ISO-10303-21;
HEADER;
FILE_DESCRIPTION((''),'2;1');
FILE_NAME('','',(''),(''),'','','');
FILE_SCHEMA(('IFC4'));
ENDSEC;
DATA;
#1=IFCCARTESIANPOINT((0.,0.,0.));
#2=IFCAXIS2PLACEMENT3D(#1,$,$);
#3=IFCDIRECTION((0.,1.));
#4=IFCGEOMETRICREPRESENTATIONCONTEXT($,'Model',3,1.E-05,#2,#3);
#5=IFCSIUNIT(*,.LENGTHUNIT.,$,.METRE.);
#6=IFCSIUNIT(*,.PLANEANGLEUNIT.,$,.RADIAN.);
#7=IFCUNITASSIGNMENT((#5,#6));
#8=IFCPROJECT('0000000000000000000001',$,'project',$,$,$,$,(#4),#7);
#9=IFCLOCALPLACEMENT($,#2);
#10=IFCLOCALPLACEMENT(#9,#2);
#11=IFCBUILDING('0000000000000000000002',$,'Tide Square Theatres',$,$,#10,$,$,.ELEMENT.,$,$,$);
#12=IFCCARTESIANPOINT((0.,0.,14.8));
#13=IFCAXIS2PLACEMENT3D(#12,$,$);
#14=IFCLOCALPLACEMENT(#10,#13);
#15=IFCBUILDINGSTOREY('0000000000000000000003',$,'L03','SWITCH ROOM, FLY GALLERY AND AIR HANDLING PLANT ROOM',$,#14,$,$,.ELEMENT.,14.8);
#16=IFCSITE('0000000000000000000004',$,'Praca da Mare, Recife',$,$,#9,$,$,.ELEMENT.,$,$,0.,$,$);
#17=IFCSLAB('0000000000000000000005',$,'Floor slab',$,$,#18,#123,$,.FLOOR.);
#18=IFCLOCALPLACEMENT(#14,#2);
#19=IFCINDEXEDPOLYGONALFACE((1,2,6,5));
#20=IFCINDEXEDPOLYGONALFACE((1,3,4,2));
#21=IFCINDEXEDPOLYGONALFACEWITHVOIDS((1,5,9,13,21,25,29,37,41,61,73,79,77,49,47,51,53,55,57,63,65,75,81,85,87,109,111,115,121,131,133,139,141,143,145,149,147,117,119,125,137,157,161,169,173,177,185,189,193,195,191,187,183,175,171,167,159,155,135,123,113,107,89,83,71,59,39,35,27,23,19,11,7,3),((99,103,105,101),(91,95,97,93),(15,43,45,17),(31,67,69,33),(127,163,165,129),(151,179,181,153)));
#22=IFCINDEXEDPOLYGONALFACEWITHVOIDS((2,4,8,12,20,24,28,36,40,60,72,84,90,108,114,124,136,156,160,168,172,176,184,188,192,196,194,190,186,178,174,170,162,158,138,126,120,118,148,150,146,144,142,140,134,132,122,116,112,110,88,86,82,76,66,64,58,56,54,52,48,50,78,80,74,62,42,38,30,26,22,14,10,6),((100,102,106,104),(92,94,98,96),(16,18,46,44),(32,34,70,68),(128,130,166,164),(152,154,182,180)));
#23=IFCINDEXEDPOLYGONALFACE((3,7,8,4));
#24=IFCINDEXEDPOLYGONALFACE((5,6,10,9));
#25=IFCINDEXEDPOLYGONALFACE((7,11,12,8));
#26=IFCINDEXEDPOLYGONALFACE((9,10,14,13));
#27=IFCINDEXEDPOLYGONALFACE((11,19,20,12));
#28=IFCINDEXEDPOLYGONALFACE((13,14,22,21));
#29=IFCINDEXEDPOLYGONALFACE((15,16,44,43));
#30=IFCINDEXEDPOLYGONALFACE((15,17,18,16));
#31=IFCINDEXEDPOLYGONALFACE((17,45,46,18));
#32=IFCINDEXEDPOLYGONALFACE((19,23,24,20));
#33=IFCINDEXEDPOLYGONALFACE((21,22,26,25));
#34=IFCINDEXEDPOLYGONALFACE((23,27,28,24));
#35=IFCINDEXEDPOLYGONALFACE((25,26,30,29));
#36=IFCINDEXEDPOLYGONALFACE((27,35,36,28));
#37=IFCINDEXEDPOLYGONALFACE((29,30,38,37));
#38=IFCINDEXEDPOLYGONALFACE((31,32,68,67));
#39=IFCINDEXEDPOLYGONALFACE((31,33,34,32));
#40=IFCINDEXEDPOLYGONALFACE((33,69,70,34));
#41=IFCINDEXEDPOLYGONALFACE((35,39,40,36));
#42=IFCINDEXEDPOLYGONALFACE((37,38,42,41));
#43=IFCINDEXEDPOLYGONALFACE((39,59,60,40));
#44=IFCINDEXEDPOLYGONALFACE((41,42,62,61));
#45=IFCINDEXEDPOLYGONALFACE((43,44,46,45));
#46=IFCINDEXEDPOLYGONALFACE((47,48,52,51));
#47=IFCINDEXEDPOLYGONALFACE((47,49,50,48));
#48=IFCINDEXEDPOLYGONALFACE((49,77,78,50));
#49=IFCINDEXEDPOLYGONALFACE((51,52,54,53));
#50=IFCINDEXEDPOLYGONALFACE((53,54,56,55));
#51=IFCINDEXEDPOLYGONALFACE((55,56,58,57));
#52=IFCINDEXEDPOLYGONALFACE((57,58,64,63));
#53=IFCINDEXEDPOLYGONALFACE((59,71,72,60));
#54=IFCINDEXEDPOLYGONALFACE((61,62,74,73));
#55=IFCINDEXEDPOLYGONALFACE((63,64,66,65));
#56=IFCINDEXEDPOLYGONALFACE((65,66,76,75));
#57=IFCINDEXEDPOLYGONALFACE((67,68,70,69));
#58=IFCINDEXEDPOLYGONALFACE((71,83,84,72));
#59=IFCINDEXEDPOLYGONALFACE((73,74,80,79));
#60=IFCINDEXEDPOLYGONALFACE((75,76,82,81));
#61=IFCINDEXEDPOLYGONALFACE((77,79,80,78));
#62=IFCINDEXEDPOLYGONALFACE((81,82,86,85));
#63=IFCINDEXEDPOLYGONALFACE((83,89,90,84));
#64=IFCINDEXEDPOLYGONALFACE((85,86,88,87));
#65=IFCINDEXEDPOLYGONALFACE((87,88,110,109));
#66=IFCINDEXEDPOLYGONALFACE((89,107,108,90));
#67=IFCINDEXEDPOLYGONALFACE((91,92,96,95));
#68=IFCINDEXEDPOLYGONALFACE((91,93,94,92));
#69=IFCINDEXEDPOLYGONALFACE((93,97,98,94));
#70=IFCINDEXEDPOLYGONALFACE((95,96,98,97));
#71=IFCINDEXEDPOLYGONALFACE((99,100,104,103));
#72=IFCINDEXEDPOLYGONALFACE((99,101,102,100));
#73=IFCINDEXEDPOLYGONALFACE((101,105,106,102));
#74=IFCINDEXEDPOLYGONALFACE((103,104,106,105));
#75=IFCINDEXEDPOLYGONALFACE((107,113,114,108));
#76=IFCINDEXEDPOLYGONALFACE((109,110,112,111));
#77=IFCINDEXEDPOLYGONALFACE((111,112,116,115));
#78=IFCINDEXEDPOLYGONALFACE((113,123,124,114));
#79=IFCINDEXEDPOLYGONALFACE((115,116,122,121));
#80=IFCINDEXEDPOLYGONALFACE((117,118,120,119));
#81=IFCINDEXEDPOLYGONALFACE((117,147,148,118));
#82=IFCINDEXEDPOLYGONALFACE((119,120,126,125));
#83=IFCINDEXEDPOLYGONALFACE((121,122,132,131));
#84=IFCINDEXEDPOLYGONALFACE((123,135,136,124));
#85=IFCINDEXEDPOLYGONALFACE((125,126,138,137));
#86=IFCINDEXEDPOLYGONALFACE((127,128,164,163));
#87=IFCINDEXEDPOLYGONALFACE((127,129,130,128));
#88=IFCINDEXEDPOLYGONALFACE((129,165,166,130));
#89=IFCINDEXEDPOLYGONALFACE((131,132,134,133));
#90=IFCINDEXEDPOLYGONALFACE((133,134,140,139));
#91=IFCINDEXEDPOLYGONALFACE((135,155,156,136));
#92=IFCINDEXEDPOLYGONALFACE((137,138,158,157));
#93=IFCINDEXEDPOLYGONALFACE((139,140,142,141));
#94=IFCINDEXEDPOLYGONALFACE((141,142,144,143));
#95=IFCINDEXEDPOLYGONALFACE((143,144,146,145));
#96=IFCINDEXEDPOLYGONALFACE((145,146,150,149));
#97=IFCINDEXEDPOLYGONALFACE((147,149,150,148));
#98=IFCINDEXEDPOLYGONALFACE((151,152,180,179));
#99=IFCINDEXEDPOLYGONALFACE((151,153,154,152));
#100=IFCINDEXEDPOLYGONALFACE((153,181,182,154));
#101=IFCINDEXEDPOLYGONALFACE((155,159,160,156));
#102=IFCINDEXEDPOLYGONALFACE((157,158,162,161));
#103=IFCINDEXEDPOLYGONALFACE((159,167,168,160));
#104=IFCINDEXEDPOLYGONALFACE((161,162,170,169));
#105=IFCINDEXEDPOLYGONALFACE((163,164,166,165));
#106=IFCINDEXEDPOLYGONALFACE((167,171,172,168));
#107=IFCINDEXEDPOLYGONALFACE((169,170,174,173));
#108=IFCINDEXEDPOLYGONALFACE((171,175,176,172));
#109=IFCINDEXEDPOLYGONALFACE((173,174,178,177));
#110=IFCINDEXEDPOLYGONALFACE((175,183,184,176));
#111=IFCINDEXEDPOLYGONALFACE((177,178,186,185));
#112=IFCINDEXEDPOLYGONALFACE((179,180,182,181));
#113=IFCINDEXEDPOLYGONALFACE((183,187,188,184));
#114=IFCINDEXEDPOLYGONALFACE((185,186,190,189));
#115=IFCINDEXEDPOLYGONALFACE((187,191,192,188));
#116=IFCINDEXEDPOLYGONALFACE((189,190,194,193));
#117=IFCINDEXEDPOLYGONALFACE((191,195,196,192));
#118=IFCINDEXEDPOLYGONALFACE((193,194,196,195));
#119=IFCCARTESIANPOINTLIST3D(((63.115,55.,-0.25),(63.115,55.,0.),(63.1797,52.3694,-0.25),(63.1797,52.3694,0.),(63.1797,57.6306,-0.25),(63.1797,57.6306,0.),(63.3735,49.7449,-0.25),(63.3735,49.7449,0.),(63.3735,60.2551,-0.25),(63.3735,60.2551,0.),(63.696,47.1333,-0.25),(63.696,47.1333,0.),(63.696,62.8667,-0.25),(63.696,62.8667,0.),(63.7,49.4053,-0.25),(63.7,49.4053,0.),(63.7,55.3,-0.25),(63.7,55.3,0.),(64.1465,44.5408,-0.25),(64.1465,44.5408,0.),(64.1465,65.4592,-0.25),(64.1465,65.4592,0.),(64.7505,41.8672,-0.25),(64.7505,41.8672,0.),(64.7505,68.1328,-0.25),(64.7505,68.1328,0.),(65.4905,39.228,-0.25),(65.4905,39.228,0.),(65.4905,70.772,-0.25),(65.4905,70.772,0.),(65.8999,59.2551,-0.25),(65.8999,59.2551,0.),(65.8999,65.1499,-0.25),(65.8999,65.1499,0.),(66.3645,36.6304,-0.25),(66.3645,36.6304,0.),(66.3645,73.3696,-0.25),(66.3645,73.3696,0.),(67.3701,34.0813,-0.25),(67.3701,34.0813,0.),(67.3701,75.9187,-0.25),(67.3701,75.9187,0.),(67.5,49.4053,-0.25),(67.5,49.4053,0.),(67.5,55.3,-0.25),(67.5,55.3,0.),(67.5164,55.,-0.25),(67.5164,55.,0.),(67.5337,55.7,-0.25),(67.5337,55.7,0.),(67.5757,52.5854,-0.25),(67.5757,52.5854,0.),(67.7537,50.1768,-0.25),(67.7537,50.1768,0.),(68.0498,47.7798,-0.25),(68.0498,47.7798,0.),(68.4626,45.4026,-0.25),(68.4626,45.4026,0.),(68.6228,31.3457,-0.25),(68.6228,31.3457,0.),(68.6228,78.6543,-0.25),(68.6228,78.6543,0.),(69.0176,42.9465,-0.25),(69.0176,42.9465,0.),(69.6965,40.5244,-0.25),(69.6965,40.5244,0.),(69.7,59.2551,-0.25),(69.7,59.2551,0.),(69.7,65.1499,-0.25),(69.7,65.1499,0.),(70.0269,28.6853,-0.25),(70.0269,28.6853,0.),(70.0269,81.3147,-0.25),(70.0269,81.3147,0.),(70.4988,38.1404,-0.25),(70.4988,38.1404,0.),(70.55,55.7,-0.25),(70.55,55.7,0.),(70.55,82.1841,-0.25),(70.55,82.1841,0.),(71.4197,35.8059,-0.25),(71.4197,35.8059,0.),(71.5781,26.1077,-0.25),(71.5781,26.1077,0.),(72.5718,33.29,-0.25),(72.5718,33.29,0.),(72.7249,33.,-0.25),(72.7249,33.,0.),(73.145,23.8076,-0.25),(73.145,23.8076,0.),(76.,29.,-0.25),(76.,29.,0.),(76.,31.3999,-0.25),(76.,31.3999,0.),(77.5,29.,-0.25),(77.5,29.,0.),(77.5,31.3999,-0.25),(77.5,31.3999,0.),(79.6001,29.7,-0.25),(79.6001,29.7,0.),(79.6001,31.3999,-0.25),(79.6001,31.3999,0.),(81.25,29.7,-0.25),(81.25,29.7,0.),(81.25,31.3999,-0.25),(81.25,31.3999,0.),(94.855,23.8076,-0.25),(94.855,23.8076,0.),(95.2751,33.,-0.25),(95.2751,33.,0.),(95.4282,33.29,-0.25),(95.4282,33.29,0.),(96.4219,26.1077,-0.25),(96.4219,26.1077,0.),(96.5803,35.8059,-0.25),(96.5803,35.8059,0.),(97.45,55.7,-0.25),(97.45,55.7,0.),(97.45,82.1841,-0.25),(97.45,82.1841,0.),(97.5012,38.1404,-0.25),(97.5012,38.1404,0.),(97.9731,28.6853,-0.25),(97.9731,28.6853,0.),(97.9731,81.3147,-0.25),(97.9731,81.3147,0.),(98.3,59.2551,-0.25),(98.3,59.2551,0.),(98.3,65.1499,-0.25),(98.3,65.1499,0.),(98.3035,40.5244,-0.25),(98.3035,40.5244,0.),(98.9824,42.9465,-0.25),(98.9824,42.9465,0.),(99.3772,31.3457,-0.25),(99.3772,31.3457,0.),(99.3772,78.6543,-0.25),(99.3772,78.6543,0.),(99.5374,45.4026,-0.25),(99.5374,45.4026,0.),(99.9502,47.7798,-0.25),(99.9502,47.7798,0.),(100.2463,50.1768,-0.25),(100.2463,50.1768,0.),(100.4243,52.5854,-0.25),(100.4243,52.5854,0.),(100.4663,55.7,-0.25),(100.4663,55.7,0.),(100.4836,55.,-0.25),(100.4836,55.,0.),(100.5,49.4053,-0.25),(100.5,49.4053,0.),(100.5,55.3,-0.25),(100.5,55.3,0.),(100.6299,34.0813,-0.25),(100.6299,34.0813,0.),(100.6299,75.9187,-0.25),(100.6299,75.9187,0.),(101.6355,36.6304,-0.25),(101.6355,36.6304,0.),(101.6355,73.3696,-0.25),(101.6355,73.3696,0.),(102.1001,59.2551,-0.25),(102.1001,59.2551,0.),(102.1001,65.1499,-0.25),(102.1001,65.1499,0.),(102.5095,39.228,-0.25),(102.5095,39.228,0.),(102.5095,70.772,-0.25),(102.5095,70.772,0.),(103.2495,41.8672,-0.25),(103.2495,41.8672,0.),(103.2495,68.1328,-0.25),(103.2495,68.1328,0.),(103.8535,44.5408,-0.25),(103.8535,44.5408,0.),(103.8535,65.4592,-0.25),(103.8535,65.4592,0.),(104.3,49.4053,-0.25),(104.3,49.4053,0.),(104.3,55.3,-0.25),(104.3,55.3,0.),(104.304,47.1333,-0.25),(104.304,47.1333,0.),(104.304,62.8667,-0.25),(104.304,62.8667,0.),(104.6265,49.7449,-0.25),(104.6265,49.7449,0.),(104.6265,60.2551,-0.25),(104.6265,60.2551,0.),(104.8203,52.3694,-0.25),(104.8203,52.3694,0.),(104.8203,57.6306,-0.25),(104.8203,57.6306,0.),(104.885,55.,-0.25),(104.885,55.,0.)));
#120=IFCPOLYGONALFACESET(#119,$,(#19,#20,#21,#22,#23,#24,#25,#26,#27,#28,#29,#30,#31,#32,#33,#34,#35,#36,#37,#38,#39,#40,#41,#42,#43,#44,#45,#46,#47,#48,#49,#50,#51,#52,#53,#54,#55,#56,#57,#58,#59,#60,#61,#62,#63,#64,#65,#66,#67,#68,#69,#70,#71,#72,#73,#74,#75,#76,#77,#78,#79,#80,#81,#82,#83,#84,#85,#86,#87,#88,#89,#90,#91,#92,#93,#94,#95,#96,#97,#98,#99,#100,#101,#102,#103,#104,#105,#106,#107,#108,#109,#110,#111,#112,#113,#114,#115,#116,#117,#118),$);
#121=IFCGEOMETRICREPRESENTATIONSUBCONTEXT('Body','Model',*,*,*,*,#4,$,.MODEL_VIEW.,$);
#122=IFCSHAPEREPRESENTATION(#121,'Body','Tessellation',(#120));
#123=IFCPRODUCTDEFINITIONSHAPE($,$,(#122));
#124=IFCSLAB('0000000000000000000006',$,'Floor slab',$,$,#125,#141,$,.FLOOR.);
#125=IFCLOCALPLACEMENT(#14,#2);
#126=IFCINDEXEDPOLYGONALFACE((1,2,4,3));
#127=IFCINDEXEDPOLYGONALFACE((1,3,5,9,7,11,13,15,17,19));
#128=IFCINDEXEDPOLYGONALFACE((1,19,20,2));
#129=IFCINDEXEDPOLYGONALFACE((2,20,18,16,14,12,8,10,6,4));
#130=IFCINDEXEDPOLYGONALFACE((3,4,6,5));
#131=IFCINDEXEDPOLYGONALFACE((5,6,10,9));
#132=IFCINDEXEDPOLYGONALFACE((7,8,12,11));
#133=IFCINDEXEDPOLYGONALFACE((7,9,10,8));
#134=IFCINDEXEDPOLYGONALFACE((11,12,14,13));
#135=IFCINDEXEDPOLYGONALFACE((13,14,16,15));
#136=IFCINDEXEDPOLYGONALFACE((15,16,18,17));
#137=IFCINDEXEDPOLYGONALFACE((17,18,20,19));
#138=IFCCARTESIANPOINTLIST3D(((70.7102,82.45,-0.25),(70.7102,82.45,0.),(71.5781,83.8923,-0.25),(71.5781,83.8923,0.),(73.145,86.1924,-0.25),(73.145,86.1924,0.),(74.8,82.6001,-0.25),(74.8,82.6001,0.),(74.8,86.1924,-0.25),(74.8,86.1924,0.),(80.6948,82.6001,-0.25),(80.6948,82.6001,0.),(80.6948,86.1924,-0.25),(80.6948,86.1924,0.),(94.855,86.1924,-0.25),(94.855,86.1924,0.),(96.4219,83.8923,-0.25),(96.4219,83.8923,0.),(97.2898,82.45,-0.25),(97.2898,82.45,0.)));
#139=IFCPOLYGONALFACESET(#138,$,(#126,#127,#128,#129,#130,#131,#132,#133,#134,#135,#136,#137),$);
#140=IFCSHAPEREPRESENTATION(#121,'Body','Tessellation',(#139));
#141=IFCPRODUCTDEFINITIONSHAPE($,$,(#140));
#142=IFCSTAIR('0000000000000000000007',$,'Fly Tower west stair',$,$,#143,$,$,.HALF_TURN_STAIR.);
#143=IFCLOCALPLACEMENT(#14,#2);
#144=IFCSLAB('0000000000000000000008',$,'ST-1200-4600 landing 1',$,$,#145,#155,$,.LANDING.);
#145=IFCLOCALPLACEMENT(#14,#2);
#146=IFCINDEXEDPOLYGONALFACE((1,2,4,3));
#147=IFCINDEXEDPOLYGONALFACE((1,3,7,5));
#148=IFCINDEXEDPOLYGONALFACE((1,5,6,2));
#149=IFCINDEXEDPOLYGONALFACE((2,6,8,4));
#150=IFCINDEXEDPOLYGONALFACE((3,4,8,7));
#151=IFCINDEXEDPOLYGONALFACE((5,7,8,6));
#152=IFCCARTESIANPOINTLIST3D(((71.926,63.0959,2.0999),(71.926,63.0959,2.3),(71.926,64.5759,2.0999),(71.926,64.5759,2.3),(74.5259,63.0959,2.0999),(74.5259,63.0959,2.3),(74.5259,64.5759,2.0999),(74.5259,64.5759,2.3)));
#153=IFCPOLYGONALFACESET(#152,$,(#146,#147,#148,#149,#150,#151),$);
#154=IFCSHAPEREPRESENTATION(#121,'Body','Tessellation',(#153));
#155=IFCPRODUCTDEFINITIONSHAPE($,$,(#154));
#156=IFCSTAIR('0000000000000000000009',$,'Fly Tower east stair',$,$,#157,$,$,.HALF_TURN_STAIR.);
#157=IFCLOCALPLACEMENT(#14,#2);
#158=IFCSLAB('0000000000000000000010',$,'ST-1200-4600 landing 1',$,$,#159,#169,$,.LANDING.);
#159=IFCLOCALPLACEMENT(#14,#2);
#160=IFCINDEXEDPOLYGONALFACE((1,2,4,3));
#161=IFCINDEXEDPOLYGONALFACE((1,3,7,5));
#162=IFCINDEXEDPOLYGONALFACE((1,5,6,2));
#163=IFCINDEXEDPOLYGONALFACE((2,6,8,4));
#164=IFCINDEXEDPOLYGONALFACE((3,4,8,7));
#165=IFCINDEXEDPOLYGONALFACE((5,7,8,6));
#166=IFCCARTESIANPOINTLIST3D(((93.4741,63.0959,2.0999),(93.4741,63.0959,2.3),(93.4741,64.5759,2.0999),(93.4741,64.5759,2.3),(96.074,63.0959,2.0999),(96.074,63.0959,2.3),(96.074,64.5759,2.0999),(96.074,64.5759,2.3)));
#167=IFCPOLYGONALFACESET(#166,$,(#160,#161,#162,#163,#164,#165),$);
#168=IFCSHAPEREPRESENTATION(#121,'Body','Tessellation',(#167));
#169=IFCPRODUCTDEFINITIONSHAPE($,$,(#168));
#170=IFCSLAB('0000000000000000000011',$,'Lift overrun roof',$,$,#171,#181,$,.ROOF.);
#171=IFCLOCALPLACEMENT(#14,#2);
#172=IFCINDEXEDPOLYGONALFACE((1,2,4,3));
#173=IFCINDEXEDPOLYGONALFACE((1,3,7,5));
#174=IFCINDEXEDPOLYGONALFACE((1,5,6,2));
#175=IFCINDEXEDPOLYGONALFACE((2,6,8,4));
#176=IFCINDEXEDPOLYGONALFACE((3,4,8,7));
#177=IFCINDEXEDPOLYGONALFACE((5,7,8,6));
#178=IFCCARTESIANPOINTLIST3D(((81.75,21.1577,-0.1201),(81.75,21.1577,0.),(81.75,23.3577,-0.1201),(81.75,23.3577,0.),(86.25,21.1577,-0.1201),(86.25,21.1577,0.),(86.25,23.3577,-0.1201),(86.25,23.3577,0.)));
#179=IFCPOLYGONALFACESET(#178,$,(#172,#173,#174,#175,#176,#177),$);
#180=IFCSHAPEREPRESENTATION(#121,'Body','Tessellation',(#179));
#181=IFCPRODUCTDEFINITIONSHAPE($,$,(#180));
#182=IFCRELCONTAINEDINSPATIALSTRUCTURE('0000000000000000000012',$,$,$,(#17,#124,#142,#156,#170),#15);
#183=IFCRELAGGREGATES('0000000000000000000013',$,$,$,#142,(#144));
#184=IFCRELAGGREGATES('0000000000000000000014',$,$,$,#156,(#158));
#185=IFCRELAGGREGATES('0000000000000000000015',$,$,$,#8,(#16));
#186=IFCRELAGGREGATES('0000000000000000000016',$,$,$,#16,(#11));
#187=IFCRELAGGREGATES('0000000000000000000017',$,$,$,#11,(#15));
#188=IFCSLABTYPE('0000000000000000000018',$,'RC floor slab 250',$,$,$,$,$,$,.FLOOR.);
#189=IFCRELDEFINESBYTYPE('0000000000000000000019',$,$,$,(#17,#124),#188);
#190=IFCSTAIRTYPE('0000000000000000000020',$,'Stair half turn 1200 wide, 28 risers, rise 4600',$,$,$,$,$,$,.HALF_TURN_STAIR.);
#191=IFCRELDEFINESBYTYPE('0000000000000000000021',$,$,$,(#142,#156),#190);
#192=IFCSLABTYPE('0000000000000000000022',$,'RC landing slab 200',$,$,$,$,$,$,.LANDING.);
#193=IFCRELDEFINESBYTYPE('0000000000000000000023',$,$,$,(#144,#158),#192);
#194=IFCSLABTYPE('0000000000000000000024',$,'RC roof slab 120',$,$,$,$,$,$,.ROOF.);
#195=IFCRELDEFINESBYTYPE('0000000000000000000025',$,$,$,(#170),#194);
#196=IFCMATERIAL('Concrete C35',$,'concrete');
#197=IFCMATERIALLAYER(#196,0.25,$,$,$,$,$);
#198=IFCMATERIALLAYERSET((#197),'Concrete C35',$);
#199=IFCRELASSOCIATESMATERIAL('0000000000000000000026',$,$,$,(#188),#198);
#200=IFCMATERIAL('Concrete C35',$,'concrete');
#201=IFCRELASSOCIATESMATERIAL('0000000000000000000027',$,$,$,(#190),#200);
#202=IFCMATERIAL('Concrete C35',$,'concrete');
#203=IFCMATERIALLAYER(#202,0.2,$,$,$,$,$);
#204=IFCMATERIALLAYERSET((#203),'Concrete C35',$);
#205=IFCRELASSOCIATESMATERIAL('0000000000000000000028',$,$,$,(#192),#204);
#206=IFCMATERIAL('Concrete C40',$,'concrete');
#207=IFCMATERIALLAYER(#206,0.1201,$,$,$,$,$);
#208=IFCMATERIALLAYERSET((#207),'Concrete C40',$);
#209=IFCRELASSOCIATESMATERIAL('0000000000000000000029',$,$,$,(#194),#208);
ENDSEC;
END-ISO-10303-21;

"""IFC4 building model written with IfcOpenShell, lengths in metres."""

from ifc_helpers import new_model, si_unit, direction, frame, origin, place, context, subcontext, project, spatial, polyline, outline, extrude, material, layer, layer_set, type_object, element, aggregate, save


model = new_model("IFC4")

# Units and contexts
model_context = context("Model", 3, precision=1e-05, world=origin(), true_north=direction((0.0, 1.0)))
body_context = subcontext(model_context, "Body", "Model", "MODEL_VIEW")
ifc_project = project(units=[si_unit("LENGTHUNIT", "METRE"), si_unit("PLANEANGLEUNIT", "RADIAN")], contexts=[model_context])

# Site, building, storey
site_placement = place(None, origin())
site = spatial("IfcSite", under=ifc_project, at=site_placement, Name="Praca da Mare, Recife", CompositionType="ELEMENT", RefElevation=0.0)
building_placement = place(site_placement, origin())
building = spatial("IfcBuilding", under=site, at=building_placement, Name="Tide Square Theatres", CompositionType="ELEMENT")
storey_placement = place(building_placement, frame((0.0, 0.0, 14.8)))
storey = spatial("IfcBuildingStorey", under=building, at=storey_placement, Name="L03", Description="SWITCH ROOM, FLY GALLERY AND AIR HANDLING PLANT ROOM", CompositionType="ELEMENT", Elevation=14.8)

# Slabs
ifc_material_1 = material(Name="Concrete C35", Category="concrete")
ifc_layer_1 = layer(ifc_material_1, 0.25)
ifc_layer_set_1 = layer_set([ifc_layer_1], Name="Concrete C35")
slab_type_1 = type_object("IfcSlabType", Name="RC floor slab 250", PredefinedType="FLOOR", material=ifc_layer_set_1)
slab_1_placement = place(storey_placement, frame((0.0, 0.0, -0.25)))
element("IfcSlab", 1, at=slab_1_placement, inside=storey, type_object=slab_type_1, Name="Floor slab", PredefinedType="FLOOR", context=body_context, shape_type="SweptSolid", body=[
    extrude(outline(polyline([(64.7505, 41.8672), (65.4905, 39.228), (66.3645, 36.6304), (67.3701, 34.0813), (68.6228, 31.3457), (70.0269, 28.6853), (71.5781, 26.1077), (73.145, 23.8076), (94.855, 23.8076), (96.4219, 26.1077), (97.9731, 28.6853), (99.3772, 31.3457), (100.6299, 34.0813), (101.6355, 36.6304), (102.5095, 39.228), (103.2495, 41.8672), (103.8535, 44.5408), (104.304, 47.1333), (104.6265, 49.7449), (104.8203, 52.3694), (104.885, 55.0), (104.8203, 57.6306), (104.6265, 60.2551), (104.304, 62.8667), (103.8535, 65.4592), (103.2495, 68.1328), (102.5095, 70.772), (101.6355, 73.3696), (100.6299, 75.9187), (99.3772, 78.6543), (97.9731, 81.3147), (97.45, 82.1841), (97.45, 55.7), (100.4663, 55.7), (100.4836, 55.0), (100.4243, 52.5854), (100.2463, 50.1768), (99.9502, 47.7798), (99.5374, 45.4026), (98.9824, 42.9465), (98.3035, 40.5244), (97.5012, 38.1404), (96.5803, 35.8059), (95.4282, 33.29), (95.2751, 33.0), (72.7249, 33.0), (72.5718, 33.29), (71.4197, 35.8059), (70.4988, 38.1404), (69.6965, 40.5244), (69.0176, 42.9465), (68.4626, 45.4026), (68.0498, 47.7798), (67.7537, 50.1768), (67.5757, 52.5854), (67.5164, 55.0), (67.5337, 55.7), (70.55, 55.7), (70.55, 82.1841), (70.0269, 81.3147), (68.6228, 78.6543), (67.3701, 75.9187), (66.3645, 73.3696), (65.4905, 70.772), (64.7505, 68.1328), (64.1465, 65.4592), (63.696, 62.8667), (63.3735, 60.2551), (63.1797, 57.6306), (63.115, 55.0), (63.1797, 52.3694), (63.3735, 49.7449), (63.696, 47.1333), (64.1465, 44.5408), (64.7505, 41.8672)]), holes=[polyline([(65.8999, 59.2551), (69.7, 59.2551), (69.7, 65.1499), (65.8999, 65.1499), (65.8999, 59.2551)]), polyline([(98.3, 65.1499), (98.3, 59.2551), (102.1001, 59.2551), (102.1001, 65.1499), (98.3, 65.1499)]), polyline([(67.5, 55.3), (63.7, 55.3), (63.7, 49.4053), (67.5, 49.4053), (67.5, 55.3)]), polyline([(104.3, 49.4053), (104.3, 55.3), (100.5, 55.3), (100.5, 49.4053), (104.3, 49.4053)]), polyline([(76.0, 31.3999), (76.0, 29.0), (77.5, 29.0), (77.5, 31.3999), (76.0, 31.3999)]), polyline([(81.25, 31.3999), (79.6001, 31.3999), (79.6001, 29.7), (81.25, 29.7), (81.25, 31.3999)])]), origin(), (0.0, 0.0, 1.0), 0.25),
])
slab_2_placement = place(storey_placement, frame((0.0, 0.0, -0.25)))
element("IfcSlab", 2, at=slab_2_placement, inside=storey, type_object=slab_type_1, Name="Floor slab", PredefinedType="FLOOR", context=body_context, shape_type="SweptSolid", body=[
    extrude(outline(polyline([(71.5781, 83.8923), (70.7102, 82.45), (97.2898, 82.45), (96.4219, 83.8923), (94.855, 86.1924), (80.6948, 86.1924), (80.6948, 82.6001), (74.8, 82.6001), (74.8, 86.1924), (73.145, 86.1924), (71.5781, 83.8923)])), origin(), (0.0, 0.0, 1.0), 0.25),
])

# Stairs, slabs
ifc_material_2 = material(Name="Concrete C35", Category="concrete")
stair_type = type_object("IfcStairType", Name="Stair half turn 1200 wide, 28 risers, rise 4600", PredefinedType="HALF_TURN_STAIR", material=ifc_material_2)
stair_1_placement = place(storey_placement, origin())
stair_1 = element("IfcStair", 3, at=stair_1_placement, inside=storey, type_object=stair_type, Name="Fly Tower west stair", PredefinedType="HALF_TURN_STAIR")
ifc_material_3 = material(Name="Concrete C35", Category="concrete")
ifc_layer_2 = layer(ifc_material_3, 0.2)
ifc_layer_set_2 = layer_set([ifc_layer_2], Name="Concrete C35")
slab_type_2 = type_object("IfcSlabType", Name="RC landing slab 200", PredefinedType="LANDING", material=ifc_layer_set_2)
slab_3_placement = place(storey_placement, frame((0.0, 0.0, 2.0999)))
slab_3 = element("IfcSlab", 4, at=slab_3_placement, type_object=slab_type_2, Name="ST-1200-4600 landing 1", PredefinedType="LANDING", context=body_context, shape_type="SweptSolid", body=[
    extrude(outline(polyline([(74.5259, 63.0959), (74.5259, 64.5759), (71.926, 64.5759), (71.926, 63.0959), (74.5259, 63.0959)])), origin(), (0.0, 0.0, 1.0), 0.2002),
])
aggregate(stair_1, [slab_3])
stair_2_placement = place(storey_placement, origin())
stair_2 = element("IfcStair", 5, at=stair_2_placement, inside=storey, type_object=stair_type, Name="Fly Tower east stair", PredefinedType="HALF_TURN_STAIR")
slab_4_placement = place(storey_placement, frame((0.0, 0.0, 2.0999)))
slab_4 = element("IfcSlab", 6, at=slab_4_placement, type_object=slab_type_2, Name="ST-1200-4600 landing 1", PredefinedType="LANDING", context=body_context, shape_type="SweptSolid", body=[
    extrude(outline(polyline([(96.074, 63.0959), (96.074, 64.5759), (93.4741, 64.5759), (93.4741, 63.0959), (96.074, 63.0959)])), origin(), (0.0, 0.0, 1.0), 0.2002),
])
aggregate(stair_2, [slab_4])

# Slab
ifc_material_4 = material(Name="Concrete C40", Category="concrete")
ifc_layer_3 = layer(ifc_material_4, 0.1201)
ifc_layer_set_3 = layer_set([ifc_layer_3], Name="Concrete C40")
slab_type_3 = type_object("IfcSlabType", Name="RC roof slab 120", PredefinedType="ROOF", material=ifc_layer_set_3)
slab_5_placement = place(storey_placement, frame((0.0, 0.0, -0.1201)))
element("IfcSlab", 7, at=slab_5_placement, inside=storey, type_object=slab_type_3, Name="Lift overrun roof", PredefinedType="ROOF", context=body_context, shape_type="SweptSolid", body=[
    extrude(outline(polyline([(86.25, 23.3577), (81.75, 23.3577), (81.75, 21.1577), (86.25, 21.1577), (86.25, 23.3577)])), origin(), (0.0, 0.0, 1.0), 0.1201),
])

save(model, "model.ifc")
